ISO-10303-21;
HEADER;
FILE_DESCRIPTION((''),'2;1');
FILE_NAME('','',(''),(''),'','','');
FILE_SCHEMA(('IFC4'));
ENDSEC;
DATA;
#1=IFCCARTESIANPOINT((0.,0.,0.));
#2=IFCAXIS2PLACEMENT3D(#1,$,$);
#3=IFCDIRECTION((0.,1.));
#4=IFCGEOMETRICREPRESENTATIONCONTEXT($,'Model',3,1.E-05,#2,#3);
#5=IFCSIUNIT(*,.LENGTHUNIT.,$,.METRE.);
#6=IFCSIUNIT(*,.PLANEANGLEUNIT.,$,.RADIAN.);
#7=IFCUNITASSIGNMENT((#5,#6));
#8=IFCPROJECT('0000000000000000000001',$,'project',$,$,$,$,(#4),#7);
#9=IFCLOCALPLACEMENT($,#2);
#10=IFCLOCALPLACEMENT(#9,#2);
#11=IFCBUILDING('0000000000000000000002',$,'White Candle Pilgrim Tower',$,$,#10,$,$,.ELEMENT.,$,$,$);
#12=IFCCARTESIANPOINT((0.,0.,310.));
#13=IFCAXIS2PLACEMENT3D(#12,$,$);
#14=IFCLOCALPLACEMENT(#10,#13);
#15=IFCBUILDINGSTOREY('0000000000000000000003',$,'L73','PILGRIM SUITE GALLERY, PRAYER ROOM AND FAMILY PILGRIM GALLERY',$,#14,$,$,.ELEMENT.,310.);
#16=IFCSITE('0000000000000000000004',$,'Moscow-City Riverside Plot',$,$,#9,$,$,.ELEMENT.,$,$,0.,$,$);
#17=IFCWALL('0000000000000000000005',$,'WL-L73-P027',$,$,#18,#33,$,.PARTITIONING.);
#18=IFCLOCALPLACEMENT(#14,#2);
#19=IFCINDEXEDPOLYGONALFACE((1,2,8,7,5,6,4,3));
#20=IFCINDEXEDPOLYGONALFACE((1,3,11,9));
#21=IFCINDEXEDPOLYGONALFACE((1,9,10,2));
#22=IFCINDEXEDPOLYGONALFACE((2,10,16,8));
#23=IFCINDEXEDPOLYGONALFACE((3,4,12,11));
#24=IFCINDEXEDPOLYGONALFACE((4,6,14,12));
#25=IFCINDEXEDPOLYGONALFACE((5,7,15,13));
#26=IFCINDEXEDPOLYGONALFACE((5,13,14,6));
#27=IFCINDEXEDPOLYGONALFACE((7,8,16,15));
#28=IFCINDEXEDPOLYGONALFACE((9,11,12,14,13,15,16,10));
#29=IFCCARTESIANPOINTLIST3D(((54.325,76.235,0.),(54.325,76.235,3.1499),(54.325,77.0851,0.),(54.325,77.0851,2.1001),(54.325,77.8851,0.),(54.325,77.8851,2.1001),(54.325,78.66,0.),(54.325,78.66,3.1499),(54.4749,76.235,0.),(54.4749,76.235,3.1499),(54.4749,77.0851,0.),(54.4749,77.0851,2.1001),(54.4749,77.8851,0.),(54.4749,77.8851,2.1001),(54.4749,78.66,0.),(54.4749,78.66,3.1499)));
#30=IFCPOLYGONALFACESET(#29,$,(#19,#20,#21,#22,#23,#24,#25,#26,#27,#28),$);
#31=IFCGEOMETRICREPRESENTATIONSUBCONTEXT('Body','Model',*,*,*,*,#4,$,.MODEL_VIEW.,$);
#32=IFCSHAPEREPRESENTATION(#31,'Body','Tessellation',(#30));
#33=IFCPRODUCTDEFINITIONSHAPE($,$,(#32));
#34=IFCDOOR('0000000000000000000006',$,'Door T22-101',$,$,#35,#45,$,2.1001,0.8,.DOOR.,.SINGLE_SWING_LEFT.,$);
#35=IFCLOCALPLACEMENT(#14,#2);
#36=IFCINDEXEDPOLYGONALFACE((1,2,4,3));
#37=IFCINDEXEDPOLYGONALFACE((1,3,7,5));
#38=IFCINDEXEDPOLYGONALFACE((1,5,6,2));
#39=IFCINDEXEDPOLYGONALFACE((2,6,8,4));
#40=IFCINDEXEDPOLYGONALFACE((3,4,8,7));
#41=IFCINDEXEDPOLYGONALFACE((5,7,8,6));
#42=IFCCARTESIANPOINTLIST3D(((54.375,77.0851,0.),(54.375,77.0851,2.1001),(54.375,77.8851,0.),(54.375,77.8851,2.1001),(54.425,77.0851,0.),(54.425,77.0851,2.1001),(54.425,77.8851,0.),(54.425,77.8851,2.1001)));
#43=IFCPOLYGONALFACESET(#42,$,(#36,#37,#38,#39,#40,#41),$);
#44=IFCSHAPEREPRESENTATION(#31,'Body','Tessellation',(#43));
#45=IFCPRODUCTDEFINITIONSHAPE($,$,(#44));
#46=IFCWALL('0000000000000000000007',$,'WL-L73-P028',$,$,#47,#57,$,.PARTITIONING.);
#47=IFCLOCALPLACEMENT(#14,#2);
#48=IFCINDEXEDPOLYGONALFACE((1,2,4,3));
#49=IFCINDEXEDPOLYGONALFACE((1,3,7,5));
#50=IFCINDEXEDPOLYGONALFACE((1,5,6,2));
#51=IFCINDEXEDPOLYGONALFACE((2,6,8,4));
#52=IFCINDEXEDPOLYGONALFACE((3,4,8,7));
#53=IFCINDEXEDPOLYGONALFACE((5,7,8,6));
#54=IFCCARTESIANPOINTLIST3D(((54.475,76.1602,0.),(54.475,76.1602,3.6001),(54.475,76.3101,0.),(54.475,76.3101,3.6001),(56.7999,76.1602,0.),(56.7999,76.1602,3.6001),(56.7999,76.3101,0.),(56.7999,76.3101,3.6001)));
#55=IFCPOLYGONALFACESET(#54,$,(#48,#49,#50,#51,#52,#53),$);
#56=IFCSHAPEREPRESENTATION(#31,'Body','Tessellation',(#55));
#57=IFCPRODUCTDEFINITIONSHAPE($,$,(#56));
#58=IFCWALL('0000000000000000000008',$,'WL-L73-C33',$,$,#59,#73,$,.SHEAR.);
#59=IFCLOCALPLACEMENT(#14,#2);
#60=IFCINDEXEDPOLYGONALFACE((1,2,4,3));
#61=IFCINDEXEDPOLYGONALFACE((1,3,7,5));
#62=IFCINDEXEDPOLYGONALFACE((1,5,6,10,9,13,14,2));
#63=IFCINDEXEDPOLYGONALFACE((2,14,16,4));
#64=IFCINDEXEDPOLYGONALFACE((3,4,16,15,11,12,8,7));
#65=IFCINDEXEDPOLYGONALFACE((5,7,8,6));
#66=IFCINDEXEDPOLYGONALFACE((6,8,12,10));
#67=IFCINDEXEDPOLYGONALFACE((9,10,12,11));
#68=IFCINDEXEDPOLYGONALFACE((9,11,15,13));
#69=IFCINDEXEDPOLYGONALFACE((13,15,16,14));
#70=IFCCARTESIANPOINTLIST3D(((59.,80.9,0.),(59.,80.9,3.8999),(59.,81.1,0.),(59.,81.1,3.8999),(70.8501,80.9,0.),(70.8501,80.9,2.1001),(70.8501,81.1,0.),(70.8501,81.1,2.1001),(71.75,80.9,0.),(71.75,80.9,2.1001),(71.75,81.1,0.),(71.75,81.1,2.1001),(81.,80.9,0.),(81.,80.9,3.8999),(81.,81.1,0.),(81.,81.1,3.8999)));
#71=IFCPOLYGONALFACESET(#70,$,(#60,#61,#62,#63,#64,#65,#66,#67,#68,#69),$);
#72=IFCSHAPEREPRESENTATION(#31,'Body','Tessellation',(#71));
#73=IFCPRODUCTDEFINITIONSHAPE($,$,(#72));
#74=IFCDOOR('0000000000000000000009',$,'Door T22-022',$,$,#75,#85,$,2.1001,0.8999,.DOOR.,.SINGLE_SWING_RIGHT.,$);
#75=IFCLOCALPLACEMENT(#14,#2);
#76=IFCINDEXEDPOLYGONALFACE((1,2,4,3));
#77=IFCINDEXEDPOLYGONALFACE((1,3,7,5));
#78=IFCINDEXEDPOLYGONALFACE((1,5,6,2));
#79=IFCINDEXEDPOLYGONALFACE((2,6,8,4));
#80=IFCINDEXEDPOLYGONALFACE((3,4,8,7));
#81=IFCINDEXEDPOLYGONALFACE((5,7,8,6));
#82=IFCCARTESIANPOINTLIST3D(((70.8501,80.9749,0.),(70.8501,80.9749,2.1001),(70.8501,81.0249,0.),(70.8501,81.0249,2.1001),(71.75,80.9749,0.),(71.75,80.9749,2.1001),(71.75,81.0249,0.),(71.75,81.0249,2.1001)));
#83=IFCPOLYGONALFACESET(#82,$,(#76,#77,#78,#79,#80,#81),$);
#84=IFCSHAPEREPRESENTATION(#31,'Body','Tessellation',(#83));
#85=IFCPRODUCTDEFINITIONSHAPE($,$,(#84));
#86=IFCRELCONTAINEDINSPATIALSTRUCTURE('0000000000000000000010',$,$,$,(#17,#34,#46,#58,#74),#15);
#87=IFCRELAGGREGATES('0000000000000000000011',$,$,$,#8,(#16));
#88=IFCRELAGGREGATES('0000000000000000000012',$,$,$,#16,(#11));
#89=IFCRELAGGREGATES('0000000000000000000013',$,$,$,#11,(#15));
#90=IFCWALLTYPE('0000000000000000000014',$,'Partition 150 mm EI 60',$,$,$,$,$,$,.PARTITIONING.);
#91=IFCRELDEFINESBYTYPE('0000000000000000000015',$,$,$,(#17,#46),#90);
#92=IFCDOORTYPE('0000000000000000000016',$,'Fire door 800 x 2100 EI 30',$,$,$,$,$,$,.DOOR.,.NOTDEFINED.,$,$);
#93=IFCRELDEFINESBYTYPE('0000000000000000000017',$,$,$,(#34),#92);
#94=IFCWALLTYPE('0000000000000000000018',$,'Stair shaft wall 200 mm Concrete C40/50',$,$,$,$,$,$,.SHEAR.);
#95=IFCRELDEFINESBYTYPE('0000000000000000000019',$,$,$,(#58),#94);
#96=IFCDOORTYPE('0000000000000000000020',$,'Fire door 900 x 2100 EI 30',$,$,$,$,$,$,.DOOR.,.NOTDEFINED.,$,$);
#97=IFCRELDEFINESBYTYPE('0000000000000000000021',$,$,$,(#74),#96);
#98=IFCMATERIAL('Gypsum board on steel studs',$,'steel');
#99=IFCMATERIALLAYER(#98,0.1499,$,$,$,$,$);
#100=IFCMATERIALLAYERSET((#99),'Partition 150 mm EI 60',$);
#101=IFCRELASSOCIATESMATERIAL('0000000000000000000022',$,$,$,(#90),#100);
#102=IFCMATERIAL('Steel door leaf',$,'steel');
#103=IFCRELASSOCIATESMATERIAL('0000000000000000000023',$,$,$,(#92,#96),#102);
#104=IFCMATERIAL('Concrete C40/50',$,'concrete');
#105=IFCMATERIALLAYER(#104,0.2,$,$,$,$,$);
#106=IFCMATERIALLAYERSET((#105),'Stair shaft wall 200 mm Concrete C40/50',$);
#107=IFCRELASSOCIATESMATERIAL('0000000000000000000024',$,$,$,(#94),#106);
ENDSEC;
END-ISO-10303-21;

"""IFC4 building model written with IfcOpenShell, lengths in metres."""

from ifc_helpers import new_model, si_unit, direction, frame, frame_2d, origin, place, context, subcontext, project, spatial, rectangle, extrude, material, layer, layer_set, type_object, element, fill, save


model = new_model("IFC4")

# Units and contexts
model_context = context("Model", 3, precision=1e-05, world=origin(), true_north=direction((0.0, 1.0)))
body_context = subcontext(model_context, "Body", "Model", "MODEL_VIEW")
ifc_project = project(units=[si_unit("LENGTHUNIT", "METRE"), si_unit("PLANEANGLEUNIT", "RADIAN")], contexts=[model_context])

# Site, building, storey
site_placement = place(None, origin())
site = spatial("IfcSite", under=ifc_project, at=site_placement, Name="Moscow-City Riverside Plot", CompositionType="ELEMENT", RefElevation=0.0)
building_placement = place(site_placement, origin())
building = spatial("IfcBuilding", under=site, at=building_placement, Name="White Candle Pilgrim Tower", CompositionType="ELEMENT")
storey_placement = place(building_placement, frame((0.0, 0.0, 310.0)))
storey = spatial("IfcBuildingStorey", under=building, at=storey_placement, Name="L73", Description="PILGRIM SUITE GALLERY, PRAYER ROOM AND FAMILY PILGRIM GALLERY", CompositionType="ELEMENT", Elevation=310.0)

# Shared definitions
ifc_material_1 = material(Name="Concrete C40/50", Category="concrete")

# Shared definitions
ifc_material_2 = material(Name="Gypsum board on steel studs", Category="steel")
ifc_layer_1 = layer(ifc_material_2, 0.1499)
ifc_layer_set_1 = layer_set([ifc_layer_1], Name="Partition 150 mm EI 60")
wall_type_1 = type_object("IfcWallType", Name="Partition 150 mm EI 60", PredefinedType="PARTITIONING", material=ifc_layer_set_1)

# Wall, opening, door
wall_1_placement = place(storey_placement, frame((54.3999, 76.2351, 0.0), z_axis=(0.0, 0.0, 1.0), x_axis=(0.0, 1.0, 0.0)))
wall_1 = element("IfcWall", 1, at=wall_1_placement, inside=storey, type_object=wall_type_1, Name="WL-L73-P027", PredefinedType="PARTITIONING", context=body_context, shape_type="SweptSolid", body=[
    extrude(rectangle(XDim=2.425, YDim=0.1499, at=frame_2d((1.2124, 0.0))), origin(), (0.0, 0.0, 1.0), 3.1499),
])
opening_1_placement = place(wall_1_placement, frame((0.8501, 0.0, 0.0)))
opening_1 = element("IfcOpeningElement", 2, at=opening_1_placement, cuts=wall_1, PredefinedType="OPENING", context=body_context, shape_type="SweptSolid", body=[
    extrude(rectangle(XDim=0.8, YDim=2.1001, at=frame_2d((0.3999, 1.05))), frame((0.0, 0.085, 0.0), z_axis=(0.0, -1.0, 0.0), x_axis=(1.0, 0.0, 0.0)), (0.0, 0.0, 1.0), 0.1699),
])
ifc_material_3 = material(Name="Steel door leaf", Category="steel")
door_type_1 = type_object("IfcDoorType", Name="Fire door 800 x 2100 EI 30", OperationType="NOTDEFINED", PredefinedType="DOOR", material=ifc_material_3)
door_1_placement = place(opening_1_placement, origin())
door_1 = element("IfcDoor", 3, at=door_1_placement, inside=storey, type_object=door_type_1, Name="Door T22-101", OperationType="SINGLE_SWING_LEFT", OverallHeight=2.1001, OverallWidth=0.8, PredefinedType="DOOR", context=body_context, shape_type="SweptSolid", body=[
    extrude(rectangle(XDim=0.8, YDim=2.1001, at=frame_2d((0.3999, 1.05))), frame((0.0, 0.0249, 0.0), z_axis=(0.0, -1.0, 0.0), x_axis=(1.0, 0.0, 0.0)), (0.0, 0.0, 1.0), 0.05),
])
fill(opening_1, door_1)

# Wall
wall_2_placement = place(storey_placement, frame((56.8, 76.2351, 0.0), z_axis=(0.0, 0.0, 1.0), x_axis=(-1.0, 0.0, 0.0)))
element("IfcWall", 4, at=wall_2_placement, inside=storey, type_object=wall_type_1, Name="WL-L73-P028", PredefinedType="PARTITIONING", context=body_context, shape_type="SweptSolid", body=[
    extrude(rectangle(XDim=2.325, YDim=0.1499, at=frame_2d((1.1626, 0.0))), origin(), (0.0, 0.0, 1.0), 3.6001),
])

# Wall, opening, door
ifc_layer_2 = layer(ifc_material_1, 0.2)
ifc_layer_set_2 = layer_set([ifc_layer_2], Name="Stair shaft wall 200 mm Concrete C40/50")
wall_type_2 = type_object("IfcWallType", Name="Stair shaft wall 200 mm Concrete C40/50", PredefinedType="SHEAR", material=ifc_layer_set_2)
wall_3_placement = place(storey_placement, frame((59.0, 81.0, 0.0), z_axis=(0.0, 0.0, 1.0), x_axis=(1.0, 0.0, 0.0)))
wall_3 = element("IfcWall", 5, at=wall_3_placement, inside=storey, type_object=wall_type_2, Name="WL-L73-C33", PredefinedType="SHEAR", context=body_context, shape_type="SweptSolid", body=[
    extrude(rectangle(XDim=22.0, YDim=0.2, at=frame_2d((11.0, 0.0))), origin(), (0.0, 0.0, 1.0), 3.8999),
])
opening_2_placement = place(wall_3_placement, frame((11.8501, 0.0, 0.0)))
opening_2 = element("IfcOpeningElement", 6, at=opening_2_placement, cuts=wall_3, PredefinedType="OPENING", context=body_context, shape_type="SweptSolid", body=[
    extrude(rectangle(XDim=0.8999, YDim=2.1001, at=frame_2d((0.45, 1.05))), frame((0.0, 0.1099, 0.0), z_axis=(0.0, -1.0, 0.0), x_axis=(1.0, 0.0, 0.0)), (0.0, 0.0, 1.0), 0.22),
])
door_type_2 = type_object("IfcDoorType", Name="Fire door 900 x 2100 EI 30", OperationType="NOTDEFINED", PredefinedType="DOOR", material=ifc_material_3)
door_2_placement = place(opening_2_placement, origin())
door_2 = element("IfcDoor", 7, at=door_2_placement, inside=storey, type_object=door_type_2, Name="Door T22-022", OperationType="SINGLE_SWING_RIGHT", OverallHeight=2.1001, OverallWidth=0.8999, PredefinedType="DOOR", context=body_context, shape_type="SweptSolid", body=[
    extrude(rectangle(XDim=0.8999, YDim=2.1001, at=frame_2d((0.45, 1.05))), frame((0.0, 0.0249, 0.0), z_axis=(0.0, -1.0, 0.0), x_axis=(1.0, 0.0, 0.0)), (0.0, 0.0, 1.0), 0.05),
])
fill(opening_2, door_2)

save(model, "model.ifc")
